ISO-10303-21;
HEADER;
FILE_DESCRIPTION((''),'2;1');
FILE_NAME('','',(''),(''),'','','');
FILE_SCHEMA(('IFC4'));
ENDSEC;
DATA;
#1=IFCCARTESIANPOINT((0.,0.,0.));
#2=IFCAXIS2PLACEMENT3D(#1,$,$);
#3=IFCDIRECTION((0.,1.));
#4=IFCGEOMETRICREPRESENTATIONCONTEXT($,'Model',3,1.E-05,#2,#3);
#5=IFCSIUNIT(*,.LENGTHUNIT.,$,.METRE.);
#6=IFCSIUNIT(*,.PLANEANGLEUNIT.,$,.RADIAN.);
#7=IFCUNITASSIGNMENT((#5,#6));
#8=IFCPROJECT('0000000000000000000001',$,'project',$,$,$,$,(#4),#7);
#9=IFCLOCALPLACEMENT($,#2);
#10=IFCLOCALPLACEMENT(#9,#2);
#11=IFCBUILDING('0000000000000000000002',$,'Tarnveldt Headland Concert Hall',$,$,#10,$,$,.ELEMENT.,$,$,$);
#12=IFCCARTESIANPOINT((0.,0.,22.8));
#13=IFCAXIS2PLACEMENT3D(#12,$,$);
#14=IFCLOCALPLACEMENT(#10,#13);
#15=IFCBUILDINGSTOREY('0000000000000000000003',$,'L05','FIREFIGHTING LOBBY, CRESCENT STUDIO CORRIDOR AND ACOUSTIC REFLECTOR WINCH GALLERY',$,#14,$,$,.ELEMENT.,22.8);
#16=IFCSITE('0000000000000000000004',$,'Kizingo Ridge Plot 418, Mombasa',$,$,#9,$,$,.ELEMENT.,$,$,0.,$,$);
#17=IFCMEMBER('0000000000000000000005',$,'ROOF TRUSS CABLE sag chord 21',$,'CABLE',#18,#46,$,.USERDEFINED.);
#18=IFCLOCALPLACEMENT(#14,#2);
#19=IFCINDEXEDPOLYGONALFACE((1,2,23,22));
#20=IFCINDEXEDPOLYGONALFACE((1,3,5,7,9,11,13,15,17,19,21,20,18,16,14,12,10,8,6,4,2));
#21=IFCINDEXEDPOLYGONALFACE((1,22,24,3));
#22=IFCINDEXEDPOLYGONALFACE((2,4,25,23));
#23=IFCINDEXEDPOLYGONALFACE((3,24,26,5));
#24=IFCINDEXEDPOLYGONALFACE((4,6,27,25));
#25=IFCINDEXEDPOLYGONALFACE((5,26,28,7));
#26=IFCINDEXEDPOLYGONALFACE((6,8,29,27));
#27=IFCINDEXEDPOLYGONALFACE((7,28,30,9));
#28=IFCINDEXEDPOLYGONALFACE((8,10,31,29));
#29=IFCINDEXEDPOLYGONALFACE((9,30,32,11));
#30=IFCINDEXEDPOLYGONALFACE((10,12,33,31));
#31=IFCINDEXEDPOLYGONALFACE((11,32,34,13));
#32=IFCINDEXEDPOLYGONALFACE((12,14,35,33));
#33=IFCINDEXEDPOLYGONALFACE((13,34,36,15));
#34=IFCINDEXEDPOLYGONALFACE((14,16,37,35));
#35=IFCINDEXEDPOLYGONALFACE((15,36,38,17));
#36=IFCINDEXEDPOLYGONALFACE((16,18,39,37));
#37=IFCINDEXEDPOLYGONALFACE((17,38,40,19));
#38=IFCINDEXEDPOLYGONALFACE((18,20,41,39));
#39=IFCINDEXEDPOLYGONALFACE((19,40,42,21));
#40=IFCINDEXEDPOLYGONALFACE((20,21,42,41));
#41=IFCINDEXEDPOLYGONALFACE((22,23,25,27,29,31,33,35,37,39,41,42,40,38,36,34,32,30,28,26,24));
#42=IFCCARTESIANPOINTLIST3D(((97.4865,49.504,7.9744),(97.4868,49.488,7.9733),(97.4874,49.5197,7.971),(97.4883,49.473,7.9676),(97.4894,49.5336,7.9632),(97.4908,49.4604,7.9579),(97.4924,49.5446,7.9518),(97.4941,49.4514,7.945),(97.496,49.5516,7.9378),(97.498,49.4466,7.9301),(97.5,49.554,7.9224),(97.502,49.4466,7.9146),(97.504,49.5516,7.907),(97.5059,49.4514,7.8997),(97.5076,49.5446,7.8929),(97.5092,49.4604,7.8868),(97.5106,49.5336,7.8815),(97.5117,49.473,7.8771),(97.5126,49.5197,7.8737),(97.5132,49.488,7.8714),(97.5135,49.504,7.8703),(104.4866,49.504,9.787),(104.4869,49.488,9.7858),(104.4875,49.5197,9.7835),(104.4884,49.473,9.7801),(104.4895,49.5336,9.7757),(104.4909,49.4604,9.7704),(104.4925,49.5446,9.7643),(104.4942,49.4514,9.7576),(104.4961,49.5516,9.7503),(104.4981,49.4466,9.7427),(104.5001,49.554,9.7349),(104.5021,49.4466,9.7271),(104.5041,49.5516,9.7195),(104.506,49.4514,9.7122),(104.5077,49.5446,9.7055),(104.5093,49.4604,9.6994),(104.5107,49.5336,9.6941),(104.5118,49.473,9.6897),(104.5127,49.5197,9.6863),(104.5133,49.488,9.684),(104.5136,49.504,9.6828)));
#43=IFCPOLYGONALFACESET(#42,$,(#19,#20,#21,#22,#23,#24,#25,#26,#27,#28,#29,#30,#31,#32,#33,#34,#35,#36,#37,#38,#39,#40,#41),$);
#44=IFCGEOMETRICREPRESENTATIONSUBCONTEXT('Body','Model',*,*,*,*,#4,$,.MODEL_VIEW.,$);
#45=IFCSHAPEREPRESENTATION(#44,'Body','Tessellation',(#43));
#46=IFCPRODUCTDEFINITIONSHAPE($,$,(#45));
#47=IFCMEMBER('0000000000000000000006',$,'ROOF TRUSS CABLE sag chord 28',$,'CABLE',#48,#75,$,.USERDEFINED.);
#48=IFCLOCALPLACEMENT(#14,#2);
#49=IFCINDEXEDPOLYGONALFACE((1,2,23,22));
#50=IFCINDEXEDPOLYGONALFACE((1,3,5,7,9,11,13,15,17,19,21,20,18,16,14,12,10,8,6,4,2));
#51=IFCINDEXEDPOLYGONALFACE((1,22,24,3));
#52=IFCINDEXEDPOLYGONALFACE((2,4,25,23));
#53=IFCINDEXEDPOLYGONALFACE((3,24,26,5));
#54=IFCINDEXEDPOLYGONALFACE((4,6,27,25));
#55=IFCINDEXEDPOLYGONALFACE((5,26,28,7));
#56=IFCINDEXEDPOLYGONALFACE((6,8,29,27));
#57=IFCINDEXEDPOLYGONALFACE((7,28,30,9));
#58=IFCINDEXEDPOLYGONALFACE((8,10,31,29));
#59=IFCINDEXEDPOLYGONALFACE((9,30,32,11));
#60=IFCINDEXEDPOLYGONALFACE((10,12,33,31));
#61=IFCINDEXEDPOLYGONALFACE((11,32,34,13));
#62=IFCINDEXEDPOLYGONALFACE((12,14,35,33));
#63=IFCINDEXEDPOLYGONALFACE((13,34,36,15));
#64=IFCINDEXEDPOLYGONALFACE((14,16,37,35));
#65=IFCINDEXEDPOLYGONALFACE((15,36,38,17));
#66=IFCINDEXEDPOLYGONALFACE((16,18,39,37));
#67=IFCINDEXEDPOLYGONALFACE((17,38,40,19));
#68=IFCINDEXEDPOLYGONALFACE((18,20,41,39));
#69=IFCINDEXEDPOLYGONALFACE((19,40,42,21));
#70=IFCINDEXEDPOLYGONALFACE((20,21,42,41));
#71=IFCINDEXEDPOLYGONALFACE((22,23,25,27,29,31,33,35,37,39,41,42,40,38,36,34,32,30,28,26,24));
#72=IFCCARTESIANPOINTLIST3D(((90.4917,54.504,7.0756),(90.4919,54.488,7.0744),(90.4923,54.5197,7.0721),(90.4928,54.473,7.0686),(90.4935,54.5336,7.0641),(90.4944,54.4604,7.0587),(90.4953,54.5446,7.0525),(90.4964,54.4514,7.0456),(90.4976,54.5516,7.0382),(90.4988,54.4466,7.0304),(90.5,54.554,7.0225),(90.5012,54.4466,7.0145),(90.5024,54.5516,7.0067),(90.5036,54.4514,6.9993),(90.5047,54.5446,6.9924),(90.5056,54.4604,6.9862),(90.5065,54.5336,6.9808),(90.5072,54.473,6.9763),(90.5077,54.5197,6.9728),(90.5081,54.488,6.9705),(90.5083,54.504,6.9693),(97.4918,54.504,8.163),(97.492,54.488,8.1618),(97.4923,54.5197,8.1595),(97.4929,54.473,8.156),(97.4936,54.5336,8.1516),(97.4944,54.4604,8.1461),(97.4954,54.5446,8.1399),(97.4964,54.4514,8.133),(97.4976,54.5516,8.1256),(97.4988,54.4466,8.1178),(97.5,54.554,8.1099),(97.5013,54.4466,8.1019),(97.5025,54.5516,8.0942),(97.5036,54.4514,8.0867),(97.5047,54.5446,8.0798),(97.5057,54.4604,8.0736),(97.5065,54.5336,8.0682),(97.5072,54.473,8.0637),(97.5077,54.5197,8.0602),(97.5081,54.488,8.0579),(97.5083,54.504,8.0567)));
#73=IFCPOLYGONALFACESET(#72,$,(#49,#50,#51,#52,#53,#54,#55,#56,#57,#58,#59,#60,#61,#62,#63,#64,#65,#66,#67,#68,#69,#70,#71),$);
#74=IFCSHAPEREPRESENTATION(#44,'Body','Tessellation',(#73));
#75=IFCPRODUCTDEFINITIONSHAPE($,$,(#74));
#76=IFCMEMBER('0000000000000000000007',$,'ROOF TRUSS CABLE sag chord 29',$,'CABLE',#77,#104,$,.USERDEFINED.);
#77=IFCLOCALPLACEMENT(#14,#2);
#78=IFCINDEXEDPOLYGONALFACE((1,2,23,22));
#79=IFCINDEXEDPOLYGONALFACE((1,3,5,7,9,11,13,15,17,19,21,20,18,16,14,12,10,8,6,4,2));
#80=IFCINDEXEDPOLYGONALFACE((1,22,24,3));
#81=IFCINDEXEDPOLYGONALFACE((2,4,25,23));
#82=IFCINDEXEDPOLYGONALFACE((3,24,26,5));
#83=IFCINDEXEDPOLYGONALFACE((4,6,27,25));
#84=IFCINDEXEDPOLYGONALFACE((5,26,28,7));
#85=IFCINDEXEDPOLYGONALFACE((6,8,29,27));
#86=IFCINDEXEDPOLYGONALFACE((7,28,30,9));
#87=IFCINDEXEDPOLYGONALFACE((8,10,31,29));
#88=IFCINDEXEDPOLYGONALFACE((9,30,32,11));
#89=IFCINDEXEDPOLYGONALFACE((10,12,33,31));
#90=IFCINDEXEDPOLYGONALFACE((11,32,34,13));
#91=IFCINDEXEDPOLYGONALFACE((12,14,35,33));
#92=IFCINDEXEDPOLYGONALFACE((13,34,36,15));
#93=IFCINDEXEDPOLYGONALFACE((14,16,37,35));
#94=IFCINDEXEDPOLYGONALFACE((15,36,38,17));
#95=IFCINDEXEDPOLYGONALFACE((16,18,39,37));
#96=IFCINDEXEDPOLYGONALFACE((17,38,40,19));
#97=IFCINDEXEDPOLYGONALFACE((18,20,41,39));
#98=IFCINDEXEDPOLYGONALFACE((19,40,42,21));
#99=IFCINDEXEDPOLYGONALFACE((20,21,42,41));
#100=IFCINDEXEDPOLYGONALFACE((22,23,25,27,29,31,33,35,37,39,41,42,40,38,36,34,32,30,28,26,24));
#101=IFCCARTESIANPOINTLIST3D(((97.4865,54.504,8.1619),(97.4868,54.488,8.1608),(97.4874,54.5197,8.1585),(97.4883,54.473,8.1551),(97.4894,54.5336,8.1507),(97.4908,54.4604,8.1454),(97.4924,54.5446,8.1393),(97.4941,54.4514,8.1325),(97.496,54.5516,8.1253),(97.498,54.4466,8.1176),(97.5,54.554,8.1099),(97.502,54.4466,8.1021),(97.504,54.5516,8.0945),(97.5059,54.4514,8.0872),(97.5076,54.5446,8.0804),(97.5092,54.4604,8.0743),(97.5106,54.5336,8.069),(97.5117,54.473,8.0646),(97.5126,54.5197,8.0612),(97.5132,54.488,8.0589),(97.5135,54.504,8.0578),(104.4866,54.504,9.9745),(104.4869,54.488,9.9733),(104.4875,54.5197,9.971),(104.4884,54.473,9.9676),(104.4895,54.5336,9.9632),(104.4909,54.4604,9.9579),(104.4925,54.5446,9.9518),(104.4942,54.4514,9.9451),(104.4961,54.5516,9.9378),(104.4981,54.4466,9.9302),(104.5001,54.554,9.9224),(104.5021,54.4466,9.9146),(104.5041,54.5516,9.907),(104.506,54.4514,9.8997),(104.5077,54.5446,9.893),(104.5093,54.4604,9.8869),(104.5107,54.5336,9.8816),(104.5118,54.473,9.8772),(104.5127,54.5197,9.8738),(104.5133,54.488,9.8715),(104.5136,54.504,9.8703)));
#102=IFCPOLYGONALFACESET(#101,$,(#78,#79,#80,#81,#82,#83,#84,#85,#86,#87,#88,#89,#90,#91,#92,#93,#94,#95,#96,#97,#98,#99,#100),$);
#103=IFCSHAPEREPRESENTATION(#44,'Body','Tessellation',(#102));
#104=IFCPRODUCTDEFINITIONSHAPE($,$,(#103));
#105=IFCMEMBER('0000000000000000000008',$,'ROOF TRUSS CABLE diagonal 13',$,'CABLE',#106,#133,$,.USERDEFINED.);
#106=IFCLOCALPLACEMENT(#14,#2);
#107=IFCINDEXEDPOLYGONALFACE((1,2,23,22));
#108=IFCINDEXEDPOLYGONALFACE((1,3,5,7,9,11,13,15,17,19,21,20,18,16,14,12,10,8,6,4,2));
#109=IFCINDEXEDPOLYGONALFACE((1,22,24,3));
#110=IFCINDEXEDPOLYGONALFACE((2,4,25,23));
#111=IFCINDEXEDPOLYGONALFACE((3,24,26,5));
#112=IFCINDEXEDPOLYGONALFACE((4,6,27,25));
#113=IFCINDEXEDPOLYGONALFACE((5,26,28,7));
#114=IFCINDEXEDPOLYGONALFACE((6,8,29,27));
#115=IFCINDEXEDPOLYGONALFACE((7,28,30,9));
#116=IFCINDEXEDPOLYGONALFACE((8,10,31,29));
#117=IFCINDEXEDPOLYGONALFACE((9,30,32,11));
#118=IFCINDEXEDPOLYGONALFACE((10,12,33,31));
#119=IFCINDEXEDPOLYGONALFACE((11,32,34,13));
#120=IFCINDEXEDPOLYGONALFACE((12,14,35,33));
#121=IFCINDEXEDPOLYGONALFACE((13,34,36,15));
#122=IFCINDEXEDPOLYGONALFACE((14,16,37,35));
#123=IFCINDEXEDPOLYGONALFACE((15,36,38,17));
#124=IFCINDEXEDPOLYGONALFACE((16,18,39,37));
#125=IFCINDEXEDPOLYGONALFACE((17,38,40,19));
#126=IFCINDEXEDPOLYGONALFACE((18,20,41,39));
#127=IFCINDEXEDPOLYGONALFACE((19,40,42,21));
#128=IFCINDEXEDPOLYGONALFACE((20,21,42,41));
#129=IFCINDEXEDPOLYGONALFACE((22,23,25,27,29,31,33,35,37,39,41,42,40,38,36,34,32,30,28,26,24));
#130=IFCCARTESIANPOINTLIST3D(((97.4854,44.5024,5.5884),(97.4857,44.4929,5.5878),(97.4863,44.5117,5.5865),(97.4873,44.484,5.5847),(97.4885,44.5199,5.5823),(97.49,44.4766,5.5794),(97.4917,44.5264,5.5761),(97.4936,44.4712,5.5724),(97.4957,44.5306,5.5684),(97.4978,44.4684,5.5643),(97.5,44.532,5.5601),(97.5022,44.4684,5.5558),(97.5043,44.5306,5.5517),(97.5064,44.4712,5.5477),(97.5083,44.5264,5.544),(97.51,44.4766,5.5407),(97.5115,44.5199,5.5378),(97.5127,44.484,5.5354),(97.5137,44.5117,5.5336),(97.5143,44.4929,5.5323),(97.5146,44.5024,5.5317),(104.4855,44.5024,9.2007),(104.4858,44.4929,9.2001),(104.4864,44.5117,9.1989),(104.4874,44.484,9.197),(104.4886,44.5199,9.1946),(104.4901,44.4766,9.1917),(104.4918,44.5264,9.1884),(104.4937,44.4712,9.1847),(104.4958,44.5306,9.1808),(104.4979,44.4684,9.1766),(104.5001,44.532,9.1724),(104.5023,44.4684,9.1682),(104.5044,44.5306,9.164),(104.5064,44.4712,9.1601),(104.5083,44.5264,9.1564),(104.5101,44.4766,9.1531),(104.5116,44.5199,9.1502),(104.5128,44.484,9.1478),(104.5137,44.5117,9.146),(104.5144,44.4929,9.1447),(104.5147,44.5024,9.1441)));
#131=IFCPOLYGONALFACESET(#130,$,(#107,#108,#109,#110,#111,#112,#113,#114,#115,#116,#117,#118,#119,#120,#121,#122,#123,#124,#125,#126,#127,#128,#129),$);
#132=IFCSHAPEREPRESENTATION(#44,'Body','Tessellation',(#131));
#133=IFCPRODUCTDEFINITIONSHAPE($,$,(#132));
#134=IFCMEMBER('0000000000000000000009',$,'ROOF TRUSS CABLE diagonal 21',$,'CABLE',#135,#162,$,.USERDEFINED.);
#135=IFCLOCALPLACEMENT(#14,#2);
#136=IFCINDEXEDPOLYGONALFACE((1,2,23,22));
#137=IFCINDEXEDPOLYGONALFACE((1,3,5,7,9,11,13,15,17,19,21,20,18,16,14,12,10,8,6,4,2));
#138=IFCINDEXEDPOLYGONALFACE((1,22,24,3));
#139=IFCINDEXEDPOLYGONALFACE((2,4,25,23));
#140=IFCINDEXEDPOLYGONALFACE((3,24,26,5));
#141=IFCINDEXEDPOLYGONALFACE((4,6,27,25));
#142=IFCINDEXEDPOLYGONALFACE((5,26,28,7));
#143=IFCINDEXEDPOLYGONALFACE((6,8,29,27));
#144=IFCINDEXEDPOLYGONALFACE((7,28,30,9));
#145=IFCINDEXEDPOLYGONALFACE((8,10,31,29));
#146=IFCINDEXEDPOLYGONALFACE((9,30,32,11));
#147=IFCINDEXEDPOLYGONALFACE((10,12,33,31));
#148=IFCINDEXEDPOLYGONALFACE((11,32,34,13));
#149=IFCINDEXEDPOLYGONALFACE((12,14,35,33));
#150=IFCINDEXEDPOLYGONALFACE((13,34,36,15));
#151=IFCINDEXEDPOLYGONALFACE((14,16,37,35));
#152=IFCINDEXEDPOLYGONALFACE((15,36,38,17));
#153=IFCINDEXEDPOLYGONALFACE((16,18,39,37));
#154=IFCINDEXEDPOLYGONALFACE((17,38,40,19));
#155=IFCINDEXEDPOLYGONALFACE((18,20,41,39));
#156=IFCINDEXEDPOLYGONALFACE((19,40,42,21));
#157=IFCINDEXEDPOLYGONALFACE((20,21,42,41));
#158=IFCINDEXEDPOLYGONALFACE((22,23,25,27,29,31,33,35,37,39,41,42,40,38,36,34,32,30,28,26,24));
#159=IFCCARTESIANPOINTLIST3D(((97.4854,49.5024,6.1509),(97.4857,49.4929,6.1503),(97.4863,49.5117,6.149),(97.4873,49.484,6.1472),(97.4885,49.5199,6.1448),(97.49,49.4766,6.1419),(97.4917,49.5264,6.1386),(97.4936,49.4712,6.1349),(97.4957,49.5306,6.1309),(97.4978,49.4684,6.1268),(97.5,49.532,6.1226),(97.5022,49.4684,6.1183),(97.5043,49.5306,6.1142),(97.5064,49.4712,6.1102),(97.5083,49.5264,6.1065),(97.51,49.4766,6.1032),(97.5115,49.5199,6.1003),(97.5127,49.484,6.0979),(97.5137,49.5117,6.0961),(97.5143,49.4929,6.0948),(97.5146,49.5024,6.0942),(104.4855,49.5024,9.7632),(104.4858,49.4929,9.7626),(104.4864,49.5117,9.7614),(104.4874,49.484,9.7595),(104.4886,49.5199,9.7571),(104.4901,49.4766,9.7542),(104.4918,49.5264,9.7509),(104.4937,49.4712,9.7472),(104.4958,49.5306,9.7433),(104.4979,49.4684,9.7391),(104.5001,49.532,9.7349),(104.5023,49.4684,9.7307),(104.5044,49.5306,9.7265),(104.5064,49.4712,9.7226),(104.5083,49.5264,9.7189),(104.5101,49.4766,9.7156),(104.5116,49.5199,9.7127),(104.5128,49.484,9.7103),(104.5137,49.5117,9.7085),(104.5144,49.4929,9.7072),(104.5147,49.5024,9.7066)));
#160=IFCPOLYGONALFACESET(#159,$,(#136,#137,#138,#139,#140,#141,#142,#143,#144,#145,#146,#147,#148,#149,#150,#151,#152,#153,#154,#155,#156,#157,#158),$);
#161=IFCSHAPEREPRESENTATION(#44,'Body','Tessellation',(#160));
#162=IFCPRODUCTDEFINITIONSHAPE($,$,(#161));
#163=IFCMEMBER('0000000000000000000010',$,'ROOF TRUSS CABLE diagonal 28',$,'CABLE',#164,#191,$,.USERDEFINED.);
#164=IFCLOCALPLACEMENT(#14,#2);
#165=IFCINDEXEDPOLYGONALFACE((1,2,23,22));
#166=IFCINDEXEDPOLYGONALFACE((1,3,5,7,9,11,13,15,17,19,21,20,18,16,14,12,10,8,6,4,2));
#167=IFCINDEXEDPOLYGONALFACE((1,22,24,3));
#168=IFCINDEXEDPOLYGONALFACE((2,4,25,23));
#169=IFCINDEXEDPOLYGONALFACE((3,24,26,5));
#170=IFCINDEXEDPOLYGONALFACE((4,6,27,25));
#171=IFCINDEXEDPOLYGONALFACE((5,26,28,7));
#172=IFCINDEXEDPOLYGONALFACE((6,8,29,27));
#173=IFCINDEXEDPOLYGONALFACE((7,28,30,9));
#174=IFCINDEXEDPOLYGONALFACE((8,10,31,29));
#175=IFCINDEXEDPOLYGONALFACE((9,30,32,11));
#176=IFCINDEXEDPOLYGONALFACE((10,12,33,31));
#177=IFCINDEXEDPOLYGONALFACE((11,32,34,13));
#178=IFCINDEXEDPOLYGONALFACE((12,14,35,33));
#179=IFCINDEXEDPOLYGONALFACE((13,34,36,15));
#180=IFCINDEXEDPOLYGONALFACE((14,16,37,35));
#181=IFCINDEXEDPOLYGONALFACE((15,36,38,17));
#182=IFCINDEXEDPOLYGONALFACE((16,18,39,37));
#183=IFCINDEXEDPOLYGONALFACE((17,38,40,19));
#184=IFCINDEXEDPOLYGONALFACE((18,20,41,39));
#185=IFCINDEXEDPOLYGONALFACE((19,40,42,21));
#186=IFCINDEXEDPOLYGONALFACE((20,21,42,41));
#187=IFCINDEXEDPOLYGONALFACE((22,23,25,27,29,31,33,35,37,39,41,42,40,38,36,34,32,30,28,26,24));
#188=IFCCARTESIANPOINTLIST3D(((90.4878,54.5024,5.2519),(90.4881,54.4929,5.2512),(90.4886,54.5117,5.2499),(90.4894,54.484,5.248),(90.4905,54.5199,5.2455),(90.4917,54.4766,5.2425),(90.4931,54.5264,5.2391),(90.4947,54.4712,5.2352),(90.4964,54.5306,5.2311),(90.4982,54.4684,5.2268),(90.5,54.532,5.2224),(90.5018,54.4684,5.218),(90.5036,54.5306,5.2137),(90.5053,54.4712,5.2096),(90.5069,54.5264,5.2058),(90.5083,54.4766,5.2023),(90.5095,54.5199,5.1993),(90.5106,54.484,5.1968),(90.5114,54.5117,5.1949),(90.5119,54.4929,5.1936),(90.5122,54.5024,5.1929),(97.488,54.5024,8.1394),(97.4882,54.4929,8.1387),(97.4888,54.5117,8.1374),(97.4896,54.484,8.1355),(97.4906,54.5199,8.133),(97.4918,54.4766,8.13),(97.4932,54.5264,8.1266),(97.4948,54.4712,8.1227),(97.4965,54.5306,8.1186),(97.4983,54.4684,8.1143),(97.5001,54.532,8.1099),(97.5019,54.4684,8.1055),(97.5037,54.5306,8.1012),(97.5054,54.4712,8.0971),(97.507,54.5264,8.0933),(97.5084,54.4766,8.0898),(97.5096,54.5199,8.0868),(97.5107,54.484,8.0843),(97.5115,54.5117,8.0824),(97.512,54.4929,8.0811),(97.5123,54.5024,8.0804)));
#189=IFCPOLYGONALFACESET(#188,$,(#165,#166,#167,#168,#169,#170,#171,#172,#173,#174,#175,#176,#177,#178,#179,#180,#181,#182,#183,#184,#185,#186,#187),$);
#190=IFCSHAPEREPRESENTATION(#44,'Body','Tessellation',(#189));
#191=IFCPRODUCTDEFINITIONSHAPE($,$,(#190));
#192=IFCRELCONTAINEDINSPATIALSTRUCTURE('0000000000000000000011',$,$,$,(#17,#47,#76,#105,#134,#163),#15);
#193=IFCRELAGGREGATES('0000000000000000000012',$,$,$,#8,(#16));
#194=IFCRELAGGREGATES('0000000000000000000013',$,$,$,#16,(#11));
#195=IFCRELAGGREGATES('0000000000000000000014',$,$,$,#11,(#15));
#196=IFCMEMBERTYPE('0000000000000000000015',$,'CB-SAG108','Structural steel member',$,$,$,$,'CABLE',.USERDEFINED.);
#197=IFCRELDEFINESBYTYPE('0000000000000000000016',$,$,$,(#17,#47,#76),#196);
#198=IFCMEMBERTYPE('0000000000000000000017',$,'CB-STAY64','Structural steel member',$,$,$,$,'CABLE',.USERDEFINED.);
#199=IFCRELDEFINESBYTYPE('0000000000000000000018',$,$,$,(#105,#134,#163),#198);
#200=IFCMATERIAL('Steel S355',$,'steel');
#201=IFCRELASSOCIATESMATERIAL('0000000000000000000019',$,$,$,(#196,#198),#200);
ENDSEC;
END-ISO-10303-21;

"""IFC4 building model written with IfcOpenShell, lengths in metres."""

from ifc_helpers import new_model, si_unit, direction, frame, origin, origin_2d, place, context, subcontext, project, spatial, circle, extrude, material, material_profile, profile_set, type_object, element, save


model = new_model("IFC4")

# Units and contexts
model_context = context("Model", 3, precision=1e-05, world=origin(), true_north=direction((0.0, 1.0)))
body_context = subcontext(model_context, "Body", "Model", "MODEL_VIEW")
ifc_project = project(units=[si_unit("LENGTHUNIT", "METRE"), si_unit("PLANEANGLEUNIT", "RADIAN")], contexts=[model_context])

# Site, building, storey
site_placement = place(None, origin())
site = spatial("IfcSite", under=ifc_project, at=site_placement, Name="Kizingo Ridge Plot 418, Mombasa", CompositionType="ELEMENT", RefElevation=0.0)
building_placement = place(site_placement, origin())
building = spatial("IfcBuilding", under=site, at=building_placement, Name="Tarnveldt Headland Concert Hall", CompositionType="ELEMENT")
storey_placement = place(building_placement, frame((0.0, 0.0, 22.8)))
storey = spatial("IfcBuildingStorey", under=building, at=storey_placement, Name="L05", Description="FIREFIGHTING LOBBY, CRESCENT STUDIO CORRIDOR AND ACOUSTIC REFLECTOR WINCH GALLERY", CompositionType="ELEMENT", Elevation=22.8)

# Members
ifc_material_1 = material(Name="Steel S355", Category="steel")
ifc_material_profile_1 = material_profile(ifc_material_1, circle(Radius=0.054, at=origin_2d()), Name="LC D108", Category="steel")
ifc_profile_set_1 = profile_set([ifc_material_profile_1], Name="Steel S355")
member_type_1 = type_object("IfcMemberType", Name="CB-SAG108", Description="Structural steel member", ElementType="CABLE", PredefinedType="USERDEFINED", material=ifc_profile_set_1)
member_1_placement = place(storey_placement, frame((97.5, 49.5, 7.9224), z_axis=(0.968075, 0.0, 0.250662), x_axis=(0.0, 1.0, 0.0)))
element("IfcMember", 1, at=member_1_placement, inside=storey, type_object=member_type_1, Name="ROOF TRUSS CABLE sag chord 21", ObjectType="CABLE", PredefinedType="USERDEFINED", context=body_context, shape_type="SweptSolid", body=[
    extrude(circle(Radius=0.054, at=origin_2d()), origin(), (0.0, 0.0, 1.0), 7.231),
])
member_2_placement = place(storey_placement, frame((90.5, 54.5, 7.0225), z_axis=(0.988148, 0.0, 0.153502), x_axis=(0.0, 1.0, 0.0)))
element("IfcMember", 2, at=member_2_placement, inside=storey, type_object=member_type_1, Name="ROOF TRUSS CABLE sag chord 28", ObjectType="CABLE", PredefinedType="USERDEFINED", context=body_context, shape_type="SweptSolid", body=[
    extrude(circle(Radius=0.054, at=origin_2d()), origin(), (0.0, 0.0, 1.0), 7.084),
])
member_3_placement = place(storey_placement, frame((97.5, 54.5, 8.1099), z_axis=(0.968075, 0.0, 0.250662), x_axis=(0.0, 1.0, 0.0)))
element("IfcMember", 3, at=member_3_placement, inside=storey, type_object=member_type_1, Name="ROOF TRUSS CABLE sag chord 29", ObjectType="CABLE", PredefinedType="USERDEFINED", context=body_context, shape_type="SweptSolid", body=[
    extrude(circle(Radius=0.054, at=origin_2d()), origin(), (0.0, 0.0, 1.0), 7.231),
])
ifc_material_profile_2 = material_profile(ifc_material_1, circle(Radius=0.032, at=origin_2d()), Name="LC D64", Category="steel")
ifc_profile_set_2 = profile_set([ifc_material_profile_2], Name="Steel S355")
member_type_2 = type_object("IfcMemberType", Name="CB-STAY64", Description="Structural steel member", ElementType="CABLE", PredefinedType="USERDEFINED", material=ifc_profile_set_2)
for number, where, z_axis, x_axis, name in (
    (4, (97.5, 44.5, 5.5601), (0.888652, 0.0, 0.458583), (0.0, 1.0, 0.0), "ROOF TRUSS CABLE diagonal 13"),
    (5, (97.5, 49.5, 6.1226), (0.888652, 0.0, 0.458583), (0.0, 1.0, 0.0), "ROOF TRUSS CABLE diagonal 21"),
):
    element("IfcMember", number, at=place(storey_placement, frame(where, z_axis=z_axis, x_axis=x_axis)), inside=storey, type_object=member_type_2, Name=name, ObjectType="CABLE", PredefinedType="USERDEFINED", context=body_context, shape_type="SweptSolid", body=[
        extrude(circle(Radius=0.032, at=origin_2d()), origin(), (0.0, 0.0, 1.0), 7.8772),
    ])
member_4_placement = place(storey_placement, frame((90.5, 54.5, 5.2224), z_axis=(0.924441, 0.0, 0.381325), x_axis=(0.0, 1.0, 0.0)))
element("IfcMember", 6, at=member_4_placement, inside=storey, type_object=member_type_2, Name="ROOF TRUSS CABLE diagonal 28", ObjectType="CABLE", PredefinedType="USERDEFINED", context=body_context, shape_type="SweptSolid", body=[
    extrude(circle(Radius=0.032, at=origin_2d()), origin(), (0.0, 0.0, 1.0), 7.5723),
])

save(model, "model.ifc")
